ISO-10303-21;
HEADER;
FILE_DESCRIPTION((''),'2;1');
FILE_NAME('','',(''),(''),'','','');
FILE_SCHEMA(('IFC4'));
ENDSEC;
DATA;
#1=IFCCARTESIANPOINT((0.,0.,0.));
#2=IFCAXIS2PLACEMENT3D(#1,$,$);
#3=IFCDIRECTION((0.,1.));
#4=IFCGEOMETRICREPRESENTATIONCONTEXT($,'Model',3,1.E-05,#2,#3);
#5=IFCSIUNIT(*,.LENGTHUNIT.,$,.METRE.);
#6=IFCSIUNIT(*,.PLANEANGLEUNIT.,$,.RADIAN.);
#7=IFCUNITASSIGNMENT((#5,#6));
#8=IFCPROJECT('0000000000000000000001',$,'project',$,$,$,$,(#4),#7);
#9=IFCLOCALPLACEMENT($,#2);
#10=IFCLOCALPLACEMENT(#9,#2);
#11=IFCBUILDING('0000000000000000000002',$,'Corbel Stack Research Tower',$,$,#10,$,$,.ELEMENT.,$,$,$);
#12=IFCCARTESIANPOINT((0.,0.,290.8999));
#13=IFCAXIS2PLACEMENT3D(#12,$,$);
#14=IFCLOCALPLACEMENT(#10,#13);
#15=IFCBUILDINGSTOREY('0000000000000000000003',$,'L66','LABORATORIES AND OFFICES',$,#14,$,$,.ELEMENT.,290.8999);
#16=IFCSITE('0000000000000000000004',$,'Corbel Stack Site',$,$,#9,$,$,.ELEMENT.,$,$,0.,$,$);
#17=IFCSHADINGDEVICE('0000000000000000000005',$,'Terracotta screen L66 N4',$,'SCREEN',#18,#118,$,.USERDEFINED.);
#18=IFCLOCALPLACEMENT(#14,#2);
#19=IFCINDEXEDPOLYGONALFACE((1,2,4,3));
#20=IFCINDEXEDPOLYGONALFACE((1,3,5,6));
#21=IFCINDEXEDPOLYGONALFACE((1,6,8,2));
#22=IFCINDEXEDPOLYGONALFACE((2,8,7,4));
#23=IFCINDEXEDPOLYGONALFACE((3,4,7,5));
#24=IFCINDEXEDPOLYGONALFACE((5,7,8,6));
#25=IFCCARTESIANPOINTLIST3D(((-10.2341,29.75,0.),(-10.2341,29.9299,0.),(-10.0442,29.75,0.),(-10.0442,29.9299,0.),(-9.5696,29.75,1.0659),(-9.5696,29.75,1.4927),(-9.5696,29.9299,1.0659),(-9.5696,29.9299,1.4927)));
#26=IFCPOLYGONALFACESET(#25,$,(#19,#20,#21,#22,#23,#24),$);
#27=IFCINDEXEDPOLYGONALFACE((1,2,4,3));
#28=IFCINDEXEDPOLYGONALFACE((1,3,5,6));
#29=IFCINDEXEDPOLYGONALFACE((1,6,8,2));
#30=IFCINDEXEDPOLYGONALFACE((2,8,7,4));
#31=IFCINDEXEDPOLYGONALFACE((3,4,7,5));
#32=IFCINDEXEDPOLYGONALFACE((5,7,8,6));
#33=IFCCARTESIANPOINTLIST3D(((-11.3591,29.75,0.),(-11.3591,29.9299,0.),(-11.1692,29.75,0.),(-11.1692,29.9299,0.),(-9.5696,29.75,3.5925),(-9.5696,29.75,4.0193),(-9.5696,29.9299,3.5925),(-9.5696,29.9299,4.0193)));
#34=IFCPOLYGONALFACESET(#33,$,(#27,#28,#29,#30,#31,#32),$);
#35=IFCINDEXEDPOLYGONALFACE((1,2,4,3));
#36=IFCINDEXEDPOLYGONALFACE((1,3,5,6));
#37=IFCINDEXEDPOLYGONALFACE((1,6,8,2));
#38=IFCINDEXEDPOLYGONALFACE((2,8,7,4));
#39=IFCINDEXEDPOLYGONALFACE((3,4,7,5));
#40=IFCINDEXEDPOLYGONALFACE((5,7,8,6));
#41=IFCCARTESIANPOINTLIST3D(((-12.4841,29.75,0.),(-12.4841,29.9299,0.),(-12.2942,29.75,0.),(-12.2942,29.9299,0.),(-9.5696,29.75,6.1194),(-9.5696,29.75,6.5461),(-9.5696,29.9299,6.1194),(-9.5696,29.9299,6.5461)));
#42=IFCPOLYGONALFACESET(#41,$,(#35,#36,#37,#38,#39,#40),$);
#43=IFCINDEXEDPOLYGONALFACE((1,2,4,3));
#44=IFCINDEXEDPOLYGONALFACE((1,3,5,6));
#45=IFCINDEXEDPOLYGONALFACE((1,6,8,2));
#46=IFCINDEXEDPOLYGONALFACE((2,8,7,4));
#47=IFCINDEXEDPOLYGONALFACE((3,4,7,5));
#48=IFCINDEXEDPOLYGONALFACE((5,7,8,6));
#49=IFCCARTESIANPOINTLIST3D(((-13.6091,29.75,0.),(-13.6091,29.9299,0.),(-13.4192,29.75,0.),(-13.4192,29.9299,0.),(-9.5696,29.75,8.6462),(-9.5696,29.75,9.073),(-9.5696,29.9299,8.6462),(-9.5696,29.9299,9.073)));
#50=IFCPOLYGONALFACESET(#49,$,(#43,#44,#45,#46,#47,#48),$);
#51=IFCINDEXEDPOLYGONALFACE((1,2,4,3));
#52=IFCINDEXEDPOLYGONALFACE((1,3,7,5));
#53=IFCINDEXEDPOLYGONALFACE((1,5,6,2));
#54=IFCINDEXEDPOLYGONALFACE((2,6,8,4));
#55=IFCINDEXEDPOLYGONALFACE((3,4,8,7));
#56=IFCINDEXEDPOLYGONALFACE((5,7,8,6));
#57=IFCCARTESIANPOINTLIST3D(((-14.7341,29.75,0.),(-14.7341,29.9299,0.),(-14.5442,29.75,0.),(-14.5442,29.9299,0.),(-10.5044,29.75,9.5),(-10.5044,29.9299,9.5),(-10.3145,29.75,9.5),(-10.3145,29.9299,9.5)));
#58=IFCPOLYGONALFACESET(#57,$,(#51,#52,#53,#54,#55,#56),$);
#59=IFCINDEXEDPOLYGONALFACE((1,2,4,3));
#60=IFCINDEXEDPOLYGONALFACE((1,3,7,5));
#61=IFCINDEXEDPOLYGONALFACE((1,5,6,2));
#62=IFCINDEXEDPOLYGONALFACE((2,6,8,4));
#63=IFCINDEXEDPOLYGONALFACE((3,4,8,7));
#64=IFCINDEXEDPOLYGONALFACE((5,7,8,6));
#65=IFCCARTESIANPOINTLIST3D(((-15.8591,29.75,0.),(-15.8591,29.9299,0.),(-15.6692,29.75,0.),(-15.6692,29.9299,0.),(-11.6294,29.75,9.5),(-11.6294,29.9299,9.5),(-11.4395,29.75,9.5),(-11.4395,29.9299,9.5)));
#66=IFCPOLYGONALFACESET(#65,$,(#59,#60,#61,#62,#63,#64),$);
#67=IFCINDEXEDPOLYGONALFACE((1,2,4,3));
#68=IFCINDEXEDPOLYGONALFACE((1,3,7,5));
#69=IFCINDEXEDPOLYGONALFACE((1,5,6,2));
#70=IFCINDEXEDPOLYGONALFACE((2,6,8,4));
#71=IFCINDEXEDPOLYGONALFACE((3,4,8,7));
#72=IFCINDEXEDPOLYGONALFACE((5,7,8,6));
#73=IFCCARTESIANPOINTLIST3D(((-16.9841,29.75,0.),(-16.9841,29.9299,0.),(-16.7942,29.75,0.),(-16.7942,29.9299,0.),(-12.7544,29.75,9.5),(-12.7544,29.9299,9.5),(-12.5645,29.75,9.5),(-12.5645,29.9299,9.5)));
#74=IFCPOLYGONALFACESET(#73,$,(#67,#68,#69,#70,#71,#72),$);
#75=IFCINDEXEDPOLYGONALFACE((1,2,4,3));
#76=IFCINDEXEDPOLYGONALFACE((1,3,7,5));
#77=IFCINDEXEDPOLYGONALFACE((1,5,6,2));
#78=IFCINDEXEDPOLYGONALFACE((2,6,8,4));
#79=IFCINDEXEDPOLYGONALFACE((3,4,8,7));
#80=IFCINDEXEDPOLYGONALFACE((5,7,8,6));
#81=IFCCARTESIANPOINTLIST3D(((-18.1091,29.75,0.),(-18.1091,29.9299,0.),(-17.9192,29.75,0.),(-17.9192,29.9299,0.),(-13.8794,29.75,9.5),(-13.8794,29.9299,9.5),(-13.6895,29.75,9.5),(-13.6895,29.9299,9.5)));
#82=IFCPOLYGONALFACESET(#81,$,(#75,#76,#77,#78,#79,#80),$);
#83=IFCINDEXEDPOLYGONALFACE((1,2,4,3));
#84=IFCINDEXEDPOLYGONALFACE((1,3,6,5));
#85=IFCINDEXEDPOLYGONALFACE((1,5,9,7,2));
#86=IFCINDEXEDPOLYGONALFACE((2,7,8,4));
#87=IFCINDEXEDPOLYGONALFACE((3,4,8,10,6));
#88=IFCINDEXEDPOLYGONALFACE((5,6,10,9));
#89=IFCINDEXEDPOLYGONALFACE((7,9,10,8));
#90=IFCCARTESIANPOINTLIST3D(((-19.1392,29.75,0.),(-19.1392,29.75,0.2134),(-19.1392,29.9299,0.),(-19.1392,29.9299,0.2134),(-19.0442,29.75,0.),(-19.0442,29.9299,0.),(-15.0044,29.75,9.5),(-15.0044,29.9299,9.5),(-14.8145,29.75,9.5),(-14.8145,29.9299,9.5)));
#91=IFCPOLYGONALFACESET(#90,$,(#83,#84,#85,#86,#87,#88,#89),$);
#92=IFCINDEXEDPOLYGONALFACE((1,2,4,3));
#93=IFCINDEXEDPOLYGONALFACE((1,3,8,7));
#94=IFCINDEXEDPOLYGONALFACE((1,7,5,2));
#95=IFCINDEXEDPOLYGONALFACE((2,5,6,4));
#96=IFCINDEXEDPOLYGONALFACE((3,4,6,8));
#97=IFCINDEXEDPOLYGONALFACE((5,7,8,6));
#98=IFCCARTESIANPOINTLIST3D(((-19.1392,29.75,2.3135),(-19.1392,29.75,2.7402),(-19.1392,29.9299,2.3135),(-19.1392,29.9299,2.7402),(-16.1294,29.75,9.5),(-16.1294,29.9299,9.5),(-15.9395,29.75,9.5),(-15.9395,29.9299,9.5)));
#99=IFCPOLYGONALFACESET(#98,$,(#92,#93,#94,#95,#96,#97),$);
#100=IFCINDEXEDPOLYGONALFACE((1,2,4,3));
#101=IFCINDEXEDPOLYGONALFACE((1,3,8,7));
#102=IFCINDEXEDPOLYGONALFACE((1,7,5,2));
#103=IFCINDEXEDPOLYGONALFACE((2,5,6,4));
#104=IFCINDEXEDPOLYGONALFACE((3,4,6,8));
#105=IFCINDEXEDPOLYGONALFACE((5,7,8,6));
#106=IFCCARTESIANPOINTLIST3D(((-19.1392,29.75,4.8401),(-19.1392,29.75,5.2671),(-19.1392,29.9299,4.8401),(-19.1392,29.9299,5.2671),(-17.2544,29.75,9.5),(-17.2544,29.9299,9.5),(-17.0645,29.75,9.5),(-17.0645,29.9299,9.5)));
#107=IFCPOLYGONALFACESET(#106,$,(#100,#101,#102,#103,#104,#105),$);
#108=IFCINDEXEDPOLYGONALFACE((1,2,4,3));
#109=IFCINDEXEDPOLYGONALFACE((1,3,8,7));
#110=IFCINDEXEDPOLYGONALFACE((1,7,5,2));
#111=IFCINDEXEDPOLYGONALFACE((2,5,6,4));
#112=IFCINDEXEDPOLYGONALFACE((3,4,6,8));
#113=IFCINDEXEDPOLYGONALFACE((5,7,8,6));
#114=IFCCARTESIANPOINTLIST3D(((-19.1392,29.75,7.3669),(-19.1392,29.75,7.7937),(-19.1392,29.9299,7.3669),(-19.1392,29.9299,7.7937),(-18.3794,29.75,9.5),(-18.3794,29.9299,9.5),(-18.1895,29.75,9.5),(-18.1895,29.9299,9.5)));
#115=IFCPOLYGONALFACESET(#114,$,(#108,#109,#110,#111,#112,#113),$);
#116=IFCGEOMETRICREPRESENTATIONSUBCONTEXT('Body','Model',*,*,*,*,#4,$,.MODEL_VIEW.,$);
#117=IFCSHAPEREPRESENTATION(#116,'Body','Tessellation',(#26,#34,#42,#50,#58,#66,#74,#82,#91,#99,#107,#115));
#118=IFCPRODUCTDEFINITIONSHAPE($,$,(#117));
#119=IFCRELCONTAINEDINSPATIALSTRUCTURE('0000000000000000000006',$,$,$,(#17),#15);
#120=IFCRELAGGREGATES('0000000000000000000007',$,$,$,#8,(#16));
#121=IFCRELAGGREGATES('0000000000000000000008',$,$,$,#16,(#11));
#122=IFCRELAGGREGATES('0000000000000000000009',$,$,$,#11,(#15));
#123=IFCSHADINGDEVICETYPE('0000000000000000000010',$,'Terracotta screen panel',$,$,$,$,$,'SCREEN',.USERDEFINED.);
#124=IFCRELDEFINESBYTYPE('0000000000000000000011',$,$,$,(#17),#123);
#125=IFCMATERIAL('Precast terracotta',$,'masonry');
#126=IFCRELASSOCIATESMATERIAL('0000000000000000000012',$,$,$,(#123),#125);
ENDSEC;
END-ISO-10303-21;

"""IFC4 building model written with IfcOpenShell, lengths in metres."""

from ifc_helpers import new_model, si_unit, direction, frame, origin, place, context, subcontext, project, spatial, polyline, outline, extrude, source, transform, mapped, material, type_object, element, save


model = new_model("IFC4")

# Units and contexts
model_context = context("Model", 3, precision=1e-05, world=origin(), true_north=direction((0.0, 1.0)))
body_context = subcontext(model_context, "Body", "Model", "MODEL_VIEW")
ifc_project = project(units=[si_unit("LENGTHUNIT", "METRE"), si_unit("PLANEANGLEUNIT", "RADIAN")], contexts=[model_context])

# Site, building, storey
site_placement = place(None, origin())
site = spatial("IfcSite", under=ifc_project, at=site_placement, Name="Corbel Stack Site", CompositionType="ELEMENT", RefElevation=0.0)
building_placement = place(site_placement, origin())
building = spatial("IfcBuilding", under=site, at=building_placement, Name="Corbel Stack Research Tower", CompositionType="ELEMENT")
storey_placement = place(building_placement, frame((0.0, 0.0, 290.8999)))
storey = spatial("IfcBuildingStorey", under=building, at=storey_placement, Name="L66", Description="LABORATORIES AND OFFICES", CompositionType="ELEMENT", Elevation=290.8999)

# Shading device
ifc_material_1 = material(Name="Precast terracotta", Category="masonry")
shading_device_type = type_object("IfcShadingDeviceType", Name="Terracotta screen panel", ElementType="SCREEN", PredefinedType="USERDEFINED", material=ifc_material_1)
shared_shape = source(origin(), body_context, "Body", "SweptSolid", [
    extrude(outline(polyline([(0.6646, 0.0), (0.0, 1.4927), (0.0, 1.0659), (0.4746, 0.0), (0.6646, 0.0)])), frame((0.0, 0.0, 0.0), z_axis=(0.0, -1.0, 0.0), x_axis=(1.0, 0.0, 0.0)), (0.0, 0.0, 1.0), 0.1799),
    extrude(outline(polyline([(1.7896, 0.0), (0.0, 4.0193), (0.0, 3.5925), (1.5996, 0.0), (1.7896, 0.0)])), frame((0.0, 0.0, 0.0), z_axis=(0.0, -1.0, 0.0), x_axis=(1.0, 0.0, 0.0)), (0.0, 0.0, 1.0), 0.1799),
    extrude(outline(polyline([(2.9146, 0.0), (0.0, 6.5461), (0.0, 6.1194), (2.7246, 0.0), (2.9146, 0.0)])), frame((0.0, 0.0, 0.0), z_axis=(0.0, -1.0, 0.0), x_axis=(1.0, 0.0, 0.0)), (0.0, 0.0, 1.0), 0.1799),
    extrude(outline(polyline([(4.0396, 0.0), (0.0, 9.073), (0.0, 8.6462), (3.8496, 0.0), (4.0396, 0.0)])), frame((0.0, 0.0, 0.0), z_axis=(0.0, -1.0, 0.0), x_axis=(1.0, 0.0, 0.0)), (0.0, 0.0, 1.0), 0.1799),
    extrude(outline(polyline([(5.1646, 0.0), (0.9348, 9.5), (0.7449, 9.5), (4.9746, 0.0), (5.1646, 0.0)])), frame((0.0, 0.0, 0.0), z_axis=(0.0, -1.0, 0.0), x_axis=(1.0, 0.0, 0.0)), (0.0, 0.0, 1.0), 0.1799),
    extrude(outline(polyline([(6.2896, 0.0), (2.0598, 9.5), (1.8699, 9.5), (6.0996, 0.0), (6.2896, 0.0)])), frame((0.0, 0.0, 0.0), z_axis=(0.0, -1.0, 0.0), x_axis=(1.0, 0.0, 0.0)), (0.0, 0.0, 1.0), 0.1799),
    extrude(outline(polyline([(7.4146, 0.0), (3.1848, 9.5), (2.9949, 9.5), (7.2246, 0.0), (7.4146, 0.0)])), frame((0.0, 0.0, 0.0), z_axis=(0.0, -1.0, 0.0), x_axis=(1.0, 0.0, 0.0)), (0.0, 0.0, 1.0), 0.1799),
    extrude(outline(polyline([(8.5396, 0.0), (4.3098, 9.5), (4.1199, 9.5), (8.3496, 0.0), (8.5396, 0.0)])), frame((0.0, 0.0, 0.0), z_axis=(0.0, -1.0, 0.0), x_axis=(1.0, 0.0, 0.0)), (0.0, 0.0, 1.0), 0.1799),
    extrude(outline(polyline([(9.5696, 0.0), (9.5696, 0.2134), (5.4348, 9.5), (5.2449, 9.5), (9.4746, 0.0), (9.5696, 0.0)])), frame((0.0, 0.0, 0.0), z_axis=(0.0, -1.0, 0.0), x_axis=(1.0, 0.0, 0.0)), (0.0, 0.0, 1.0), 0.1799),
    extrude(outline(polyline([(6.5598, 9.5), (6.3699, 9.5), (9.5696, 2.3135), (9.5696, 2.7402), (6.5598, 9.5)])), frame((0.0, 0.0, 0.0), z_axis=(0.0, -1.0, 0.0), x_axis=(1.0, 0.0, 0.0)), (0.0, 0.0, 1.0), 0.1799),
    extrude(outline(polyline([(7.6848, 9.5), (7.4949, 9.5), (9.5696, 4.8401), (9.5696, 5.2671), (7.6848, 9.5)])), frame((0.0, 0.0, 0.0), z_axis=(0.0, -1.0, 0.0), x_axis=(1.0, 0.0, 0.0)), (0.0, 0.0, 1.0), 0.1799),
    extrude(outline(polyline([(8.8098, 9.5), (8.6199, 9.5), (9.5696, 7.3669), (9.5696, 7.7937), (8.8098, 9.5)])), frame((0.0, 0.0, 0.0), z_axis=(0.0, -1.0, 0.0), x_axis=(1.0, 0.0, 0.0)), (0.0, 0.0, 1.0), 0.1799),
])
shading_device_placement = place(storey_placement, frame((-9.5696, 29.75, 0.0), z_axis=(0.0, 0.0, 1.0), x_axis=(-1.0, 0.0, 0.0)))
element("IfcShadingDevice", 1, at=shading_device_placement, inside=storey, type_object=shading_device_type, Name="Terracotta screen L66 N4", ObjectType="SCREEN", PredefinedType="USERDEFINED", context=body_context, shape_type="MappedRepresentation", body=[
    mapped(shared_shape, transform((0.0, 0.0, 0.0))),
])

save(model, "model.ifc")
